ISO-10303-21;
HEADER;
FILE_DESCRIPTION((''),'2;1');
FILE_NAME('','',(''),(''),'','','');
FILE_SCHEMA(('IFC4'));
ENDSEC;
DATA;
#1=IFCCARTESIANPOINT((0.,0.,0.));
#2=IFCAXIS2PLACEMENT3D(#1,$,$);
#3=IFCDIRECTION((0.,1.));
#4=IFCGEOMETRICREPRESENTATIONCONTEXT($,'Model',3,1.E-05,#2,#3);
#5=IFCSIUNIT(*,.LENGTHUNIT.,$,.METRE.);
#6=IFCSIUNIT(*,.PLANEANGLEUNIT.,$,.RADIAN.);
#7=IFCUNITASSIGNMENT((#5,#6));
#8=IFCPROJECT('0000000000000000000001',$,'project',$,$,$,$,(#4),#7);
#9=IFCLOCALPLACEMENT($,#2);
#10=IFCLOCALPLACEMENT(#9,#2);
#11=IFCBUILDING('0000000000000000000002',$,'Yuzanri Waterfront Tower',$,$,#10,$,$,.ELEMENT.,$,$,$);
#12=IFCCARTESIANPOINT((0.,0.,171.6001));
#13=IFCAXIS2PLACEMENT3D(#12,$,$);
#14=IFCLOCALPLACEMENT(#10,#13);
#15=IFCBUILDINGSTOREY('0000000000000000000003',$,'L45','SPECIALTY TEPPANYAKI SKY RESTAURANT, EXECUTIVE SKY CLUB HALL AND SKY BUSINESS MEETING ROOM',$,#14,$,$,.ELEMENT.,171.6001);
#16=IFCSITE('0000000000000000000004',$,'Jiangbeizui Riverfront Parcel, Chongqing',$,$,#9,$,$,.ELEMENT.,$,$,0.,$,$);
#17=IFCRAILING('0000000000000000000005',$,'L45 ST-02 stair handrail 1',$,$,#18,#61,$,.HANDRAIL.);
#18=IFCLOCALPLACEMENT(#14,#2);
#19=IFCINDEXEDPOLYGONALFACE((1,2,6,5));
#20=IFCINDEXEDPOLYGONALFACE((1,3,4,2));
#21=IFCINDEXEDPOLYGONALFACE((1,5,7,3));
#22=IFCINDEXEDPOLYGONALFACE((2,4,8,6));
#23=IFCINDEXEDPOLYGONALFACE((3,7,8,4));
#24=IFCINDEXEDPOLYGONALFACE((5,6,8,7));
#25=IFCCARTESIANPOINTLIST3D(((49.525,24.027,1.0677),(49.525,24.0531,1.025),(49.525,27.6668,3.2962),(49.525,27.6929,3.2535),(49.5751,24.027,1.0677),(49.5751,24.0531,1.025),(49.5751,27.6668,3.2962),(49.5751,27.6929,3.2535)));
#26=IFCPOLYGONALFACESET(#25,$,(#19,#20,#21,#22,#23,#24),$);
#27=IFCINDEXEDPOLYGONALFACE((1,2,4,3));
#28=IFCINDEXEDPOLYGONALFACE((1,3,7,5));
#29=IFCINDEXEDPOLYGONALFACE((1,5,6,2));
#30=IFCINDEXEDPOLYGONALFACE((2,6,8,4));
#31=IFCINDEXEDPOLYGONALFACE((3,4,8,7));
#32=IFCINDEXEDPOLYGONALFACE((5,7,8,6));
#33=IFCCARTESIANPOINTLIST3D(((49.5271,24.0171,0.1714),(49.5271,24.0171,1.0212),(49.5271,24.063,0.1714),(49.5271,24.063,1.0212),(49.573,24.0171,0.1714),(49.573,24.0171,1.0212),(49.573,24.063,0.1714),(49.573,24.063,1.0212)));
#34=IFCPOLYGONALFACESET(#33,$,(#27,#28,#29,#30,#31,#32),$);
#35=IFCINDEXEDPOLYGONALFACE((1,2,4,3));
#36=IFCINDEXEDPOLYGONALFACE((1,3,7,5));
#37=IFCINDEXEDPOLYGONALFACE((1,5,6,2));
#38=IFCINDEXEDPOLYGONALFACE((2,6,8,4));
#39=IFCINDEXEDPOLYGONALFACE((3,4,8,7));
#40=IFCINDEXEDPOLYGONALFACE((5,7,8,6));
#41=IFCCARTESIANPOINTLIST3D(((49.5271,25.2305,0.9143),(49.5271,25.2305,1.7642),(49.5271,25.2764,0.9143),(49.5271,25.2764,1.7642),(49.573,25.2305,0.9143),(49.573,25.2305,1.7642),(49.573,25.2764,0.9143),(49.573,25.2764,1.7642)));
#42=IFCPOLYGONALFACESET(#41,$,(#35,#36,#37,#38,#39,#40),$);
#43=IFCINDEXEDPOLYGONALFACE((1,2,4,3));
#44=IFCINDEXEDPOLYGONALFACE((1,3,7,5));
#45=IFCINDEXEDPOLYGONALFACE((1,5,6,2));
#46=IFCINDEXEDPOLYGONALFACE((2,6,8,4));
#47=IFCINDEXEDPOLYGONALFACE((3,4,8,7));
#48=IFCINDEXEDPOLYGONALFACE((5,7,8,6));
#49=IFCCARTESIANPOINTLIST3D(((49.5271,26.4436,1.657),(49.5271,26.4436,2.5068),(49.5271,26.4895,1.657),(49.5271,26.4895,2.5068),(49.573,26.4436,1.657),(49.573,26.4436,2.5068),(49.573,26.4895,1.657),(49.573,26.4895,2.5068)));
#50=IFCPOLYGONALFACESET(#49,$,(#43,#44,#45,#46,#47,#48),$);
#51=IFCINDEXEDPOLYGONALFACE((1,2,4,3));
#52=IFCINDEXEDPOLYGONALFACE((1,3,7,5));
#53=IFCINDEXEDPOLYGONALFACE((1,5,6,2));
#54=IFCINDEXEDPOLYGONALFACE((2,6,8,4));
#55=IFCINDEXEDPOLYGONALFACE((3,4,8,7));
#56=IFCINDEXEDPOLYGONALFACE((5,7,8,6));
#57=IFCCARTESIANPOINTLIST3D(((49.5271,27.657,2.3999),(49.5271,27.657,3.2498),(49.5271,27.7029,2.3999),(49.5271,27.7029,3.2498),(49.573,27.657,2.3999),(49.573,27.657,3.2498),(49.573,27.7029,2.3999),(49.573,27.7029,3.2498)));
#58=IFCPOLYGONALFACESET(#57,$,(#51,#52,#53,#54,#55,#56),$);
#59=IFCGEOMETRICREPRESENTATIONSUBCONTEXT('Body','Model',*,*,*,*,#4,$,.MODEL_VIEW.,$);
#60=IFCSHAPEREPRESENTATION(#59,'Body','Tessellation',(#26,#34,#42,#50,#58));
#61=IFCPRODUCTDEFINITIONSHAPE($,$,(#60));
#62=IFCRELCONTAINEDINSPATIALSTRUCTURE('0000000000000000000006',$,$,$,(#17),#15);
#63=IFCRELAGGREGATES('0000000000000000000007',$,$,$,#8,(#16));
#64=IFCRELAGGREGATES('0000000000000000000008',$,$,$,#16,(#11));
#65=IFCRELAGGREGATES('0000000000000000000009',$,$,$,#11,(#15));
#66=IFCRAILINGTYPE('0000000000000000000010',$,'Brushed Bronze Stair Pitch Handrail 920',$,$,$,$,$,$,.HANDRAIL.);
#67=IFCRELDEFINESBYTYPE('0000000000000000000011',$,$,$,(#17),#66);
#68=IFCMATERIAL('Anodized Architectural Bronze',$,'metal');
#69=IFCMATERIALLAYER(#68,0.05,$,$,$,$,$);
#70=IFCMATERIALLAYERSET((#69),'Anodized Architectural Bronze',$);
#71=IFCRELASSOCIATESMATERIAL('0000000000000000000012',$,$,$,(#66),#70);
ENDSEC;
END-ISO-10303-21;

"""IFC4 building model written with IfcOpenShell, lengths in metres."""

from ifc_helpers import new_model, si_unit, direction, frame, origin, origin_2d, place, context, subcontext, project, spatial, rectangle, extrude, source, transform, mapped, material, layer, layer_set, type_object, element, save


model = new_model("IFC4")

# Units and contexts
model_context = context("Model", 3, precision=1e-05, world=origin(), true_north=direction((0.0, 1.0)))
body_context = subcontext(model_context, "Body", "Model", "MODEL_VIEW")
ifc_project = project(units=[si_unit("LENGTHUNIT", "METRE"), si_unit("PLANEANGLEUNIT", "RADIAN")], contexts=[model_context])

# Site, building, storey
site_placement = place(None, origin())
site = spatial("IfcSite", under=ifc_project, at=site_placement, Name="Jiangbeizui Riverfront Parcel, Chongqing", CompositionType="ELEMENT", RefElevation=0.0)
building_placement = place(site_placement, origin())
building = spatial("IfcBuilding", under=site, at=building_placement, Name="Yuzanri Waterfront Tower", CompositionType="ELEMENT")
storey_placement = place(building_placement, frame((0.0, 0.0, 171.6001)))
storey = spatial("IfcBuildingStorey", under=building, at=storey_placement, Name="L45", Description="SPECIALTY TEPPANYAKI SKY RESTAURANT, EXECUTIVE SKY CLUB HALL AND SKY BUSINESS MEETING ROOM", CompositionType="ELEMENT", Elevation=171.6001)

# Railing
ifc_material_1 = material(Name="Anodized Architectural Bronze", Category="metal")
ifc_layer_1 = layer(ifc_material_1, 0.05)
ifc_layer_set_1 = layer_set([ifc_layer_1], Name="Anodized Architectural Bronze")
railing_type = type_object("IfcRailingType", Name="Brushed Bronze Stair Pitch Handrail 920", PredefinedType="HANDRAIL", material=ifc_layer_set_1)
shared_shape_1 = source(origin(), body_context, "Body", "SweptSolid", [
    extrude(rectangle(XDim=0.05, YDim=0.05, at=origin_2d()), frame((0.0, 0.0, 0.875), z_axis=(0.0, 0.85285, 0.522156), x_axis=(-1.0, 0.0, 0.0)), (0.0, 0.0, 1.0), 4.2678),
    extrude(rectangle(XDim=0.0459, YDim=0.0459, at=origin_2d()), origin(), (0.0, 0.0, 1.0), 0.8499),
    extrude(rectangle(XDim=0.0459, YDim=0.0459, at=origin_2d()), frame((0.0, 1.2134, 0.7429)), (0.0, 0.0, 1.0), 0.8499),
    extrude(rectangle(XDim=0.0459, YDim=0.0459, at=origin_2d()), frame((0.0, 2.4265, 1.4856)), (0.0, 0.0, 1.0), 0.8499),
    extrude(rectangle(XDim=0.0459, YDim=0.0459, at=origin_2d()), frame((0.0, 3.6399, 2.2285)), (0.0, 0.0, 1.0), 0.8499),
])
railing_placement = place(storey_placement, frame((49.55, 24.04, 0.1714)))
element("IfcRailing", 1, at=railing_placement, inside=storey, type_object=railing_type, Name="L45 ST-02 stair handrail 1", PredefinedType="HANDRAIL", context=body_context, shape_type="MappedRepresentation", body=[
    mapped(shared_shape_1, transform((0.0, 0.0, 0.0), scale=1.0)),
])

save(model, "model.ifc")
